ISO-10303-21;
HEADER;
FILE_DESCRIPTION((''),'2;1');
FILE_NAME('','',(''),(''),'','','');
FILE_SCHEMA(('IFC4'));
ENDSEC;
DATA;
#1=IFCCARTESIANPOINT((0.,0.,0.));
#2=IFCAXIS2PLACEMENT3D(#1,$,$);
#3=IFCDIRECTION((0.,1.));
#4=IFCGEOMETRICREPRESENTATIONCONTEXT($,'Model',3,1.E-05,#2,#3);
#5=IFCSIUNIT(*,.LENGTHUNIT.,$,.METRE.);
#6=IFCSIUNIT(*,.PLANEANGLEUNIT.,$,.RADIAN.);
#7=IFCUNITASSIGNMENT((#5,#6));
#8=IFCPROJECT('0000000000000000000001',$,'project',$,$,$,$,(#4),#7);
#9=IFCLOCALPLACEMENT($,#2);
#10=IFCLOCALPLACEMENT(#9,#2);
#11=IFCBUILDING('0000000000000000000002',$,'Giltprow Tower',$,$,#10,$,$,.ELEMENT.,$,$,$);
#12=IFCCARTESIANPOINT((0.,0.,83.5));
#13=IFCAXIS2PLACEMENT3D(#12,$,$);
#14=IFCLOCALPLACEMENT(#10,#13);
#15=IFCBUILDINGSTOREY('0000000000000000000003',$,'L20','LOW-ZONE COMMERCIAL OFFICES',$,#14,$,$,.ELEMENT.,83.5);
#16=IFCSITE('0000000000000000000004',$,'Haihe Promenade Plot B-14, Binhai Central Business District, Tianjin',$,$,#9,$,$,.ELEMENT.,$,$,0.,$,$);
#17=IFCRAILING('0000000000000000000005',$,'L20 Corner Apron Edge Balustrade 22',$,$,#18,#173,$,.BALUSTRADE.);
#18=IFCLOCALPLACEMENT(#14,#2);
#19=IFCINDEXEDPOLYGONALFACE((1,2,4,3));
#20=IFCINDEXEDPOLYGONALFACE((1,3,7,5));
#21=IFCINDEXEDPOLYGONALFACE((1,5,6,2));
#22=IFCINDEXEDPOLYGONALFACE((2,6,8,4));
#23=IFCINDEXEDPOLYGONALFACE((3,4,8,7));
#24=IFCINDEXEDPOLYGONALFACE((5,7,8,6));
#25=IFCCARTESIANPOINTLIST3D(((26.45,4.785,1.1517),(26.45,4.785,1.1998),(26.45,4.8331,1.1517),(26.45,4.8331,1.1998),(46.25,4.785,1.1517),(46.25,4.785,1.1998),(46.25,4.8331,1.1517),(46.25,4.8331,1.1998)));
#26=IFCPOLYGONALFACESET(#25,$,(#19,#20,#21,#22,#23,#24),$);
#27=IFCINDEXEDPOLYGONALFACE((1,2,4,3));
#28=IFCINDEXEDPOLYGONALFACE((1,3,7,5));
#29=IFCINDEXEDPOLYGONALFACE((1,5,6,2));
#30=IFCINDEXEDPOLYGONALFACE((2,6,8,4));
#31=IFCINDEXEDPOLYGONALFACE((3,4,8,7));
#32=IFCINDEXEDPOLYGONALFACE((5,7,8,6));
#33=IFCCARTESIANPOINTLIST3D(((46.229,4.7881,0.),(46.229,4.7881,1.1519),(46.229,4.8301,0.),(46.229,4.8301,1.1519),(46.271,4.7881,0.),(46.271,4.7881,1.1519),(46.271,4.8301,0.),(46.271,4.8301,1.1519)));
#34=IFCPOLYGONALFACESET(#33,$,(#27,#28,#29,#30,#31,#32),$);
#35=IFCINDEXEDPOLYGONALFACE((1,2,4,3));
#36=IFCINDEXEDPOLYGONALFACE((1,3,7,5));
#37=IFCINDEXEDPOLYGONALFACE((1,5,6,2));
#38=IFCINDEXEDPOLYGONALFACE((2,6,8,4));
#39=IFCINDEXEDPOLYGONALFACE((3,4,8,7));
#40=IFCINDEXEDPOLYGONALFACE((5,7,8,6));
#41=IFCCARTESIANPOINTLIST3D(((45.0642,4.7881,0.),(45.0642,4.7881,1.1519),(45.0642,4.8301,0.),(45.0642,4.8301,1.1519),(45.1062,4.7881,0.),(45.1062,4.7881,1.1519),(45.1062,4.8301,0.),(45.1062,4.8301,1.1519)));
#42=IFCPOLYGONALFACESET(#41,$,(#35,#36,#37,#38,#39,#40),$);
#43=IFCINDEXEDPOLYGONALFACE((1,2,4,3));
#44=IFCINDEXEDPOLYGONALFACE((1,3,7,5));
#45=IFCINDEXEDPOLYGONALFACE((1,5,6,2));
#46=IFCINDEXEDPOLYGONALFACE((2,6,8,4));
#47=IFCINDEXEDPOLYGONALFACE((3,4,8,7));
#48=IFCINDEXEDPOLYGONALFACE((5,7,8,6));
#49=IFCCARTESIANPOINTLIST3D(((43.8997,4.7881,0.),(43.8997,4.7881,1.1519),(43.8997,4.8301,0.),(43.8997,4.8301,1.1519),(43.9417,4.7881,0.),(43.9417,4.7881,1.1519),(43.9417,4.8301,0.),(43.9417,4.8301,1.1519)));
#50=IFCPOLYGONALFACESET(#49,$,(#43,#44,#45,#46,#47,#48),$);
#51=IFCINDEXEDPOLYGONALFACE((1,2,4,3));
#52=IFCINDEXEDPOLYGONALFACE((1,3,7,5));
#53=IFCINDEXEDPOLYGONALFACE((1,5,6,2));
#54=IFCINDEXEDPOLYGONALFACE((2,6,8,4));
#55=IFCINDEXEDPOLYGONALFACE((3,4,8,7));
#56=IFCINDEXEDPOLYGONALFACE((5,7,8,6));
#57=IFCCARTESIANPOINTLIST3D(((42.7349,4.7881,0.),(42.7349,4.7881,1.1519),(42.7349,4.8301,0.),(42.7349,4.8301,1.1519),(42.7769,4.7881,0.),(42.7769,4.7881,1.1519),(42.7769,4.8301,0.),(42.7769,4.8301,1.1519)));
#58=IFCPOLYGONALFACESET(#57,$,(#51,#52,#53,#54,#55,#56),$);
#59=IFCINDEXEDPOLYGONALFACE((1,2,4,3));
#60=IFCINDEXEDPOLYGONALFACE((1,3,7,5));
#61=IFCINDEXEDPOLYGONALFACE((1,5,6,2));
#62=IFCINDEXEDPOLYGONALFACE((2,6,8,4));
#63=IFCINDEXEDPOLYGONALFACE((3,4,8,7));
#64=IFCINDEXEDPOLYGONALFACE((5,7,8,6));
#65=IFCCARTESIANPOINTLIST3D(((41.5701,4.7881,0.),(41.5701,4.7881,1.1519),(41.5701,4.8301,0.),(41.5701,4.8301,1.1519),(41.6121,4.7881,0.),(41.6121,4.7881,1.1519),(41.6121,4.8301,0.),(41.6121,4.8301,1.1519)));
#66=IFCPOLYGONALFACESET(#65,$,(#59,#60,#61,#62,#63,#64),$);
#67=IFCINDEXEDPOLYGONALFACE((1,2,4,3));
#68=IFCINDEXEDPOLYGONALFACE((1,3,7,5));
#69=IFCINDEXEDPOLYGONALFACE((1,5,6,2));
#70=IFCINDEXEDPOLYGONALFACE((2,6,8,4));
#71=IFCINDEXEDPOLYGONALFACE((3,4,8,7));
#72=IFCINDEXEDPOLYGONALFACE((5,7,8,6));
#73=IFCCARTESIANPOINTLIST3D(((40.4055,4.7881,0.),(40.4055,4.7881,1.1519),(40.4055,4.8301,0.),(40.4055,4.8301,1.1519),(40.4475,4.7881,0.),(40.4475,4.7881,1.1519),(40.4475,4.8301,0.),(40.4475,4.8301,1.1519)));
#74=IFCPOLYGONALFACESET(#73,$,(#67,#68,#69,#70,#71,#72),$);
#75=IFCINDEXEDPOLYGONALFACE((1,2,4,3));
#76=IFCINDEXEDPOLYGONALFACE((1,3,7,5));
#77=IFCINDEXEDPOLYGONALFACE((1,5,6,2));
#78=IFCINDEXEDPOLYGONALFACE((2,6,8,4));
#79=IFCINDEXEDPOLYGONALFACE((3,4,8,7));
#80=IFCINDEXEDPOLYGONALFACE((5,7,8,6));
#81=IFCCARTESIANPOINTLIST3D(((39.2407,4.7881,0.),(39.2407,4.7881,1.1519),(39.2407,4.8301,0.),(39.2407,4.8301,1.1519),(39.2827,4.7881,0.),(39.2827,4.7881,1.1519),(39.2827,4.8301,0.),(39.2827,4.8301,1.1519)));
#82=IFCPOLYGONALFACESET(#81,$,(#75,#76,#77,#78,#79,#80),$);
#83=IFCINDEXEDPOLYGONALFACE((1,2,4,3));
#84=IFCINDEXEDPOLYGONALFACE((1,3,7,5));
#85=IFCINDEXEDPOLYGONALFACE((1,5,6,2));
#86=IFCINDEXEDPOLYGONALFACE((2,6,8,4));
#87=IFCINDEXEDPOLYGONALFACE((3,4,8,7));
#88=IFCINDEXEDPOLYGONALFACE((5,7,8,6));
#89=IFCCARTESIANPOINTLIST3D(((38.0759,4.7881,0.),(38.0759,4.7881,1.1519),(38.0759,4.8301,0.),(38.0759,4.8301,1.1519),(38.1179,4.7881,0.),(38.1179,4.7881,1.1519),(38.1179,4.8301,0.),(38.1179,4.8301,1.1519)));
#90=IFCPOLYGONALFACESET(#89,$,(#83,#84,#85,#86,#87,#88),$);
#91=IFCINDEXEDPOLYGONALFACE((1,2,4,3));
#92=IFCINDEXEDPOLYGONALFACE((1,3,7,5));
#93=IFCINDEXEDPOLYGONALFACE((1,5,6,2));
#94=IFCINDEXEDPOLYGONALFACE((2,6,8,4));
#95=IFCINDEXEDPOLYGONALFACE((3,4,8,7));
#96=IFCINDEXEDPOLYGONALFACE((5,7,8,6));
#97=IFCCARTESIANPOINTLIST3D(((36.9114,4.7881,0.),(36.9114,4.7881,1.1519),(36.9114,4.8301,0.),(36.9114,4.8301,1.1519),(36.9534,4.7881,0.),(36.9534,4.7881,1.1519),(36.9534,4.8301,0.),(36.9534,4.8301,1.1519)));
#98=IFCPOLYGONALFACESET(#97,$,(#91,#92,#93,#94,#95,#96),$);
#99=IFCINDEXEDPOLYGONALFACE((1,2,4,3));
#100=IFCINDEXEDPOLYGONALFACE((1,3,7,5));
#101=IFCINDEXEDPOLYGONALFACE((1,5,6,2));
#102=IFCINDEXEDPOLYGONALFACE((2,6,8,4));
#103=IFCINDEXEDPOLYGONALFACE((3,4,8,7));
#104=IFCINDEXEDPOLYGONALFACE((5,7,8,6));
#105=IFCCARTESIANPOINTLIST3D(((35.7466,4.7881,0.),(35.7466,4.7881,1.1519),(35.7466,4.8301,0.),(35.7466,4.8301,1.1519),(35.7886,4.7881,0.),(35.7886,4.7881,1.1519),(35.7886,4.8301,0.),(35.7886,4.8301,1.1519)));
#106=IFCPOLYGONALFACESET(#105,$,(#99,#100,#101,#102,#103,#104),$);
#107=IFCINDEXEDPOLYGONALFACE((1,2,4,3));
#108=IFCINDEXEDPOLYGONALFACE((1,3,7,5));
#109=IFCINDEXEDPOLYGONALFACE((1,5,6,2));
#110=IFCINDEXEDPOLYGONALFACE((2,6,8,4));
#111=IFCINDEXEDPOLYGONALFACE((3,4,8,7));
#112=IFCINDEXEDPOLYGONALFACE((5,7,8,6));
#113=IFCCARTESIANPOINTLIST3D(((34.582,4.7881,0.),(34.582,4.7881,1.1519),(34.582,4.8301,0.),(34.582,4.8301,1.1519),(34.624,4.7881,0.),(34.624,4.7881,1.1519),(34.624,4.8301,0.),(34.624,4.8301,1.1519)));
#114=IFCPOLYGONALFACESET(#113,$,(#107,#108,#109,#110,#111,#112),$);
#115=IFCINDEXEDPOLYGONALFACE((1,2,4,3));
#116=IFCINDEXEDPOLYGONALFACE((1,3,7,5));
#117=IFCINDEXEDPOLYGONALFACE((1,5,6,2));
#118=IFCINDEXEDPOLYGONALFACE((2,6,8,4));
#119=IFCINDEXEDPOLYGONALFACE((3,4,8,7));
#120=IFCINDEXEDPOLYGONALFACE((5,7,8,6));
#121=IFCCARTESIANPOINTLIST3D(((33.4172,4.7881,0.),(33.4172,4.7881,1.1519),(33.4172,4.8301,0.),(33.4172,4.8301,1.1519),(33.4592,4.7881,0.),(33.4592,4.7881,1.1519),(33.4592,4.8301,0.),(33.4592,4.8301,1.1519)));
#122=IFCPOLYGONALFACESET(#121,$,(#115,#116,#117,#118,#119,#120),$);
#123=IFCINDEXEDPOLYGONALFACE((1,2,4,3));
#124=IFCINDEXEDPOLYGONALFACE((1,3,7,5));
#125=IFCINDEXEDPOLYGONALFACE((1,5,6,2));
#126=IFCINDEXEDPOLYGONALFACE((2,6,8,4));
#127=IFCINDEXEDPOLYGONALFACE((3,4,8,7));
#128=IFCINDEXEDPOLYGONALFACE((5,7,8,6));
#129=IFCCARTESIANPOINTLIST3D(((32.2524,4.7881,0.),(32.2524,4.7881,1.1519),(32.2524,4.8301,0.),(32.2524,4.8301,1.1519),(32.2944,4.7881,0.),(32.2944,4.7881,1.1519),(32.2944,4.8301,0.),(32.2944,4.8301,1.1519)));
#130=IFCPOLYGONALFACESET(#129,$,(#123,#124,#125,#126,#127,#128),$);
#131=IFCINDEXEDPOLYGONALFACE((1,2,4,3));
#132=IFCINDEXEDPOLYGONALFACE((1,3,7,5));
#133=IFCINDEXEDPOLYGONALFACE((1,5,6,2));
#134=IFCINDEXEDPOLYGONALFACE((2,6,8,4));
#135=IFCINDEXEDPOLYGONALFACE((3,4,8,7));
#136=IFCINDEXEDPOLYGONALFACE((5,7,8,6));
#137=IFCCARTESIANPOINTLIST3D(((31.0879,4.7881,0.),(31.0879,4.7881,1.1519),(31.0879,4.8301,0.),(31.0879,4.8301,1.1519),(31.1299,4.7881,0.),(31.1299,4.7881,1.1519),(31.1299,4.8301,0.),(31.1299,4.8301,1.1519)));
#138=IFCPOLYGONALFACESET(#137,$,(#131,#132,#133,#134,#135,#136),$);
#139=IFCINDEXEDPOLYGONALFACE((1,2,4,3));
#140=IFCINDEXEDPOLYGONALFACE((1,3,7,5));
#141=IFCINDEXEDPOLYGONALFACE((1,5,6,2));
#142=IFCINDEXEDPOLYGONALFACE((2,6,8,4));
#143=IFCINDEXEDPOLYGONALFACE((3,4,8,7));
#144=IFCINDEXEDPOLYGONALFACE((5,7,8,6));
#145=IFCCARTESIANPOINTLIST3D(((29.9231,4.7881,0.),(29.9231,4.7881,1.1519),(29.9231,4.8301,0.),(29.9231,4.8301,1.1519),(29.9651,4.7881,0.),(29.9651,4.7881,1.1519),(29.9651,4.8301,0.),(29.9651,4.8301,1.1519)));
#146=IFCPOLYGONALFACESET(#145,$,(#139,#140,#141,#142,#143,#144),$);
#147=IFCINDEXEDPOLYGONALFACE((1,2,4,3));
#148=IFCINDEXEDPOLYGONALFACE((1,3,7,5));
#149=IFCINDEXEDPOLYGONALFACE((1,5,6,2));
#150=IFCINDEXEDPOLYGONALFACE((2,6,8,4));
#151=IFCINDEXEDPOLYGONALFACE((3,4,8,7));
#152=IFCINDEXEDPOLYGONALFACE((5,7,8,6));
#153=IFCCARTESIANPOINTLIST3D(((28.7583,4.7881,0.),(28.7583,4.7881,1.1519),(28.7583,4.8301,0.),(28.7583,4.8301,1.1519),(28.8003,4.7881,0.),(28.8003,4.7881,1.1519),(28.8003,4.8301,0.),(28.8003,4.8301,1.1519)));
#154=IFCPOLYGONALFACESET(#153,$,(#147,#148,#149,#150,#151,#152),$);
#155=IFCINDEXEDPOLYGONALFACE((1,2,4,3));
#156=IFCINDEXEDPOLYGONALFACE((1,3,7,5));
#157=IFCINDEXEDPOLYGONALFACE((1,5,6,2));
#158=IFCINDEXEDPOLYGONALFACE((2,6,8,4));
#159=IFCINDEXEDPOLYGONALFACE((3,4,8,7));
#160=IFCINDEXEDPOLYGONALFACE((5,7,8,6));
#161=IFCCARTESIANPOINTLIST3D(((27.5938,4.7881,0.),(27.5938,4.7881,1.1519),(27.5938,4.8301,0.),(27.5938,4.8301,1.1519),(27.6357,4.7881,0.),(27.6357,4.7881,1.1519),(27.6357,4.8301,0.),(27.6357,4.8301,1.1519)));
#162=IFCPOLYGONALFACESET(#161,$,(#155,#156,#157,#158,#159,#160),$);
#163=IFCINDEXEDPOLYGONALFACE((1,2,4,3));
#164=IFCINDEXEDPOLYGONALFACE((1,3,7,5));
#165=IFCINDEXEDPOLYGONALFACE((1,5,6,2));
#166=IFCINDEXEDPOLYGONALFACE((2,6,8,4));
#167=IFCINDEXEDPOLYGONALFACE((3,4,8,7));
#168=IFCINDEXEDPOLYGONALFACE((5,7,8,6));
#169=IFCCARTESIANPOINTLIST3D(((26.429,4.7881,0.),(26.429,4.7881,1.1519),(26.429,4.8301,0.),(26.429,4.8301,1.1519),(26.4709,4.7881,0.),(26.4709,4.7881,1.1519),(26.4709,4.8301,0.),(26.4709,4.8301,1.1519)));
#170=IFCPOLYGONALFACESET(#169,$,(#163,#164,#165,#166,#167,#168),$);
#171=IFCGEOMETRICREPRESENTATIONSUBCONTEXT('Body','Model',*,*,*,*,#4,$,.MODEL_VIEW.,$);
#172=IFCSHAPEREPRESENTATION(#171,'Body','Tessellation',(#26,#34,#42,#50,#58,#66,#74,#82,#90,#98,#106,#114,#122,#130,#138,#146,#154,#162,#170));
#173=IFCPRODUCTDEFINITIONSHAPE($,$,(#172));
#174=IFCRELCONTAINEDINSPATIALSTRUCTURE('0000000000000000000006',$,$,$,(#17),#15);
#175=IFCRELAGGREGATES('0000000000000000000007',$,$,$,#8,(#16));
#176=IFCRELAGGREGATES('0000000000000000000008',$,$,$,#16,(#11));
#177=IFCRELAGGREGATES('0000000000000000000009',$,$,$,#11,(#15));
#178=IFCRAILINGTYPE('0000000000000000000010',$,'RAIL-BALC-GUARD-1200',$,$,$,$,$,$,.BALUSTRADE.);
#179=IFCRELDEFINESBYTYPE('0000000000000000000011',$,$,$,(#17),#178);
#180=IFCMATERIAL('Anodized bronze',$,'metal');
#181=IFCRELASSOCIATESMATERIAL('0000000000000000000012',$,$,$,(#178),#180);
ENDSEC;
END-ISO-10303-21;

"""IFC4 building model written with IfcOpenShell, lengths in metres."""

from ifc_helpers import new_model, si_unit, direction, frame, origin, origin_2d, place, context, subcontext, project, spatial, rectangle, extrude, material, type_object, element, save


model = new_model("IFC4")

# Units and contexts
model_context = context("Model", 3, precision=1e-05, world=origin(), true_north=direction((0.0, 1.0)))
body_context = subcontext(model_context, "Body", "Model", "MODEL_VIEW")
ifc_project = project(units=[si_unit("LENGTHUNIT", "METRE"), si_unit("PLANEANGLEUNIT", "RADIAN")], contexts=[model_context])

# Site, building, storey
site_placement = place(None, origin())
site = spatial("IfcSite", under=ifc_project, at=site_placement, Name="Haihe Promenade Plot B-14, Binhai Central Business District, Tianjin", CompositionType="ELEMENT", RefElevation=0.0)
building_placement = place(site_placement, origin())
building = spatial("IfcBuilding", under=site, at=building_placement, Name="Giltprow Tower", CompositionType="ELEMENT")
storey_placement = place(building_placement, frame((0.0, 0.0, 83.5)))
storey = spatial("IfcBuildingStorey", under=building, at=storey_placement, Name="L20", Description="LOW-ZONE COMMERCIAL OFFICES", CompositionType="ELEMENT", Elevation=83.5)

# Shared definitions
ifc_material_1 = material(Name="Anodized bronze", Category="metal")

# Railing
railing_type = type_object("IfcRailingType", Name="RAIL-BALC-GUARD-1200", PredefinedType="BALUSTRADE", material=ifc_material_1)
railing_1_placement = place(storey_placement, frame((46.25, 4.8091, 0.0)))
element("IfcRailing", 1, at=railing_1_placement, inside=storey, type_object=railing_type, Name="L20 Corner Apron Edge Balustrade 22", PredefinedType="BALUSTRADE", context=body_context, shape_type="SweptSolid", body=[
    extrude(rectangle(XDim=0.0481, YDim=0.0481, at=origin_2d()), frame((0.0, 0.0, 1.1758), z_axis=(-1.0, 0.0, 0.0), x_axis=(0.0, -1.0, 0.0)), (0.0, 0.0, 1.0), 19.8),
    extrude(rectangle(XDim=0.042, YDim=0.042, at=origin_2d()), origin(), (0.0, 0.0, 1.0), 1.1519),
    extrude(rectangle(XDim=0.042, YDim=0.042, at=origin_2d()), frame((-1.1648, 0.0, 0.0)), (0.0, 0.0, 1.0), 1.1519),
    extrude(rectangle(XDim=0.042, YDim=0.042, at=origin_2d()), frame((-2.3293, 0.0, 0.0)), (0.0, 0.0, 1.0), 1.1519),
    extrude(rectangle(XDim=0.042, YDim=0.042, at=origin_2d()), frame((-3.4941, 0.0, 0.0)), (0.0, 0.0, 1.0), 1.1519),
    extrude(rectangle(XDim=0.042, YDim=0.042, at=origin_2d()), frame((-4.6589, 0.0, 0.0)), (0.0, 0.0, 1.0), 1.1519),
    extrude(rectangle(XDim=0.042, YDim=0.042, at=origin_2d()), frame((-5.8235, 0.0, 0.0)), (0.0, 0.0, 1.0), 1.1519),
    extrude(rectangle(XDim=0.042, YDim=0.042, at=origin_2d()), frame((-6.9883, 0.0, 0.0)), (0.0, 0.0, 1.0), 1.1519),
    extrude(rectangle(XDim=0.042, YDim=0.042, at=origin_2d()), frame((-8.1531, 0.0, 0.0)), (0.0, 0.0, 1.0), 1.1519),
    extrude(rectangle(XDim=0.042, YDim=0.042, at=origin_2d()), frame((-9.3176, 0.0, 0.0)), (0.0, 0.0, 1.0), 1.1519),
    extrude(rectangle(XDim=0.042, YDim=0.042, at=origin_2d()), frame((-10.4824, 0.0, 0.0)), (0.0, 0.0, 1.0), 1.1519),
    extrude(rectangle(XDim=0.042, YDim=0.042, at=origin_2d()), frame((-11.647, 0.0, 0.0)), (0.0, 0.0, 1.0), 1.1519),
    extrude(rectangle(XDim=0.042, YDim=0.042, at=origin_2d()), frame((-12.8118, 0.0, 0.0)), (0.0, 0.0, 1.0), 1.1519),
    extrude(rectangle(XDim=0.042, YDim=0.042, at=origin_2d()), frame((-13.9766, 0.0, 0.0)), (0.0, 0.0, 1.0), 1.1519),
    extrude(rectangle(XDim=0.042, YDim=0.042, at=origin_2d()), frame((-15.1411, 0.0, 0.0)), (0.0, 0.0, 1.0), 1.1519),
    extrude(rectangle(XDim=0.042, YDim=0.042, at=origin_2d()), frame((-16.3059, 0.0, 0.0)), (0.0, 0.0, 1.0), 1.1519),
    extrude(rectangle(XDim=0.042, YDim=0.042, at=origin_2d()), frame((-17.4707, 0.0, 0.0)), (0.0, 0.0, 1.0), 1.1519),
    extrude(rectangle(XDim=0.042, YDim=0.042, at=origin_2d()), frame((-18.6353, 0.0, 0.0)), (0.0, 0.0, 1.0), 1.1519),
    extrude(rectangle(XDim=0.042, YDim=0.042, at=origin_2d()), frame((-19.8, 0.0, 0.0)), (0.0, 0.0, 1.0), 1.1519),
])

save(model, "model.ifc")
